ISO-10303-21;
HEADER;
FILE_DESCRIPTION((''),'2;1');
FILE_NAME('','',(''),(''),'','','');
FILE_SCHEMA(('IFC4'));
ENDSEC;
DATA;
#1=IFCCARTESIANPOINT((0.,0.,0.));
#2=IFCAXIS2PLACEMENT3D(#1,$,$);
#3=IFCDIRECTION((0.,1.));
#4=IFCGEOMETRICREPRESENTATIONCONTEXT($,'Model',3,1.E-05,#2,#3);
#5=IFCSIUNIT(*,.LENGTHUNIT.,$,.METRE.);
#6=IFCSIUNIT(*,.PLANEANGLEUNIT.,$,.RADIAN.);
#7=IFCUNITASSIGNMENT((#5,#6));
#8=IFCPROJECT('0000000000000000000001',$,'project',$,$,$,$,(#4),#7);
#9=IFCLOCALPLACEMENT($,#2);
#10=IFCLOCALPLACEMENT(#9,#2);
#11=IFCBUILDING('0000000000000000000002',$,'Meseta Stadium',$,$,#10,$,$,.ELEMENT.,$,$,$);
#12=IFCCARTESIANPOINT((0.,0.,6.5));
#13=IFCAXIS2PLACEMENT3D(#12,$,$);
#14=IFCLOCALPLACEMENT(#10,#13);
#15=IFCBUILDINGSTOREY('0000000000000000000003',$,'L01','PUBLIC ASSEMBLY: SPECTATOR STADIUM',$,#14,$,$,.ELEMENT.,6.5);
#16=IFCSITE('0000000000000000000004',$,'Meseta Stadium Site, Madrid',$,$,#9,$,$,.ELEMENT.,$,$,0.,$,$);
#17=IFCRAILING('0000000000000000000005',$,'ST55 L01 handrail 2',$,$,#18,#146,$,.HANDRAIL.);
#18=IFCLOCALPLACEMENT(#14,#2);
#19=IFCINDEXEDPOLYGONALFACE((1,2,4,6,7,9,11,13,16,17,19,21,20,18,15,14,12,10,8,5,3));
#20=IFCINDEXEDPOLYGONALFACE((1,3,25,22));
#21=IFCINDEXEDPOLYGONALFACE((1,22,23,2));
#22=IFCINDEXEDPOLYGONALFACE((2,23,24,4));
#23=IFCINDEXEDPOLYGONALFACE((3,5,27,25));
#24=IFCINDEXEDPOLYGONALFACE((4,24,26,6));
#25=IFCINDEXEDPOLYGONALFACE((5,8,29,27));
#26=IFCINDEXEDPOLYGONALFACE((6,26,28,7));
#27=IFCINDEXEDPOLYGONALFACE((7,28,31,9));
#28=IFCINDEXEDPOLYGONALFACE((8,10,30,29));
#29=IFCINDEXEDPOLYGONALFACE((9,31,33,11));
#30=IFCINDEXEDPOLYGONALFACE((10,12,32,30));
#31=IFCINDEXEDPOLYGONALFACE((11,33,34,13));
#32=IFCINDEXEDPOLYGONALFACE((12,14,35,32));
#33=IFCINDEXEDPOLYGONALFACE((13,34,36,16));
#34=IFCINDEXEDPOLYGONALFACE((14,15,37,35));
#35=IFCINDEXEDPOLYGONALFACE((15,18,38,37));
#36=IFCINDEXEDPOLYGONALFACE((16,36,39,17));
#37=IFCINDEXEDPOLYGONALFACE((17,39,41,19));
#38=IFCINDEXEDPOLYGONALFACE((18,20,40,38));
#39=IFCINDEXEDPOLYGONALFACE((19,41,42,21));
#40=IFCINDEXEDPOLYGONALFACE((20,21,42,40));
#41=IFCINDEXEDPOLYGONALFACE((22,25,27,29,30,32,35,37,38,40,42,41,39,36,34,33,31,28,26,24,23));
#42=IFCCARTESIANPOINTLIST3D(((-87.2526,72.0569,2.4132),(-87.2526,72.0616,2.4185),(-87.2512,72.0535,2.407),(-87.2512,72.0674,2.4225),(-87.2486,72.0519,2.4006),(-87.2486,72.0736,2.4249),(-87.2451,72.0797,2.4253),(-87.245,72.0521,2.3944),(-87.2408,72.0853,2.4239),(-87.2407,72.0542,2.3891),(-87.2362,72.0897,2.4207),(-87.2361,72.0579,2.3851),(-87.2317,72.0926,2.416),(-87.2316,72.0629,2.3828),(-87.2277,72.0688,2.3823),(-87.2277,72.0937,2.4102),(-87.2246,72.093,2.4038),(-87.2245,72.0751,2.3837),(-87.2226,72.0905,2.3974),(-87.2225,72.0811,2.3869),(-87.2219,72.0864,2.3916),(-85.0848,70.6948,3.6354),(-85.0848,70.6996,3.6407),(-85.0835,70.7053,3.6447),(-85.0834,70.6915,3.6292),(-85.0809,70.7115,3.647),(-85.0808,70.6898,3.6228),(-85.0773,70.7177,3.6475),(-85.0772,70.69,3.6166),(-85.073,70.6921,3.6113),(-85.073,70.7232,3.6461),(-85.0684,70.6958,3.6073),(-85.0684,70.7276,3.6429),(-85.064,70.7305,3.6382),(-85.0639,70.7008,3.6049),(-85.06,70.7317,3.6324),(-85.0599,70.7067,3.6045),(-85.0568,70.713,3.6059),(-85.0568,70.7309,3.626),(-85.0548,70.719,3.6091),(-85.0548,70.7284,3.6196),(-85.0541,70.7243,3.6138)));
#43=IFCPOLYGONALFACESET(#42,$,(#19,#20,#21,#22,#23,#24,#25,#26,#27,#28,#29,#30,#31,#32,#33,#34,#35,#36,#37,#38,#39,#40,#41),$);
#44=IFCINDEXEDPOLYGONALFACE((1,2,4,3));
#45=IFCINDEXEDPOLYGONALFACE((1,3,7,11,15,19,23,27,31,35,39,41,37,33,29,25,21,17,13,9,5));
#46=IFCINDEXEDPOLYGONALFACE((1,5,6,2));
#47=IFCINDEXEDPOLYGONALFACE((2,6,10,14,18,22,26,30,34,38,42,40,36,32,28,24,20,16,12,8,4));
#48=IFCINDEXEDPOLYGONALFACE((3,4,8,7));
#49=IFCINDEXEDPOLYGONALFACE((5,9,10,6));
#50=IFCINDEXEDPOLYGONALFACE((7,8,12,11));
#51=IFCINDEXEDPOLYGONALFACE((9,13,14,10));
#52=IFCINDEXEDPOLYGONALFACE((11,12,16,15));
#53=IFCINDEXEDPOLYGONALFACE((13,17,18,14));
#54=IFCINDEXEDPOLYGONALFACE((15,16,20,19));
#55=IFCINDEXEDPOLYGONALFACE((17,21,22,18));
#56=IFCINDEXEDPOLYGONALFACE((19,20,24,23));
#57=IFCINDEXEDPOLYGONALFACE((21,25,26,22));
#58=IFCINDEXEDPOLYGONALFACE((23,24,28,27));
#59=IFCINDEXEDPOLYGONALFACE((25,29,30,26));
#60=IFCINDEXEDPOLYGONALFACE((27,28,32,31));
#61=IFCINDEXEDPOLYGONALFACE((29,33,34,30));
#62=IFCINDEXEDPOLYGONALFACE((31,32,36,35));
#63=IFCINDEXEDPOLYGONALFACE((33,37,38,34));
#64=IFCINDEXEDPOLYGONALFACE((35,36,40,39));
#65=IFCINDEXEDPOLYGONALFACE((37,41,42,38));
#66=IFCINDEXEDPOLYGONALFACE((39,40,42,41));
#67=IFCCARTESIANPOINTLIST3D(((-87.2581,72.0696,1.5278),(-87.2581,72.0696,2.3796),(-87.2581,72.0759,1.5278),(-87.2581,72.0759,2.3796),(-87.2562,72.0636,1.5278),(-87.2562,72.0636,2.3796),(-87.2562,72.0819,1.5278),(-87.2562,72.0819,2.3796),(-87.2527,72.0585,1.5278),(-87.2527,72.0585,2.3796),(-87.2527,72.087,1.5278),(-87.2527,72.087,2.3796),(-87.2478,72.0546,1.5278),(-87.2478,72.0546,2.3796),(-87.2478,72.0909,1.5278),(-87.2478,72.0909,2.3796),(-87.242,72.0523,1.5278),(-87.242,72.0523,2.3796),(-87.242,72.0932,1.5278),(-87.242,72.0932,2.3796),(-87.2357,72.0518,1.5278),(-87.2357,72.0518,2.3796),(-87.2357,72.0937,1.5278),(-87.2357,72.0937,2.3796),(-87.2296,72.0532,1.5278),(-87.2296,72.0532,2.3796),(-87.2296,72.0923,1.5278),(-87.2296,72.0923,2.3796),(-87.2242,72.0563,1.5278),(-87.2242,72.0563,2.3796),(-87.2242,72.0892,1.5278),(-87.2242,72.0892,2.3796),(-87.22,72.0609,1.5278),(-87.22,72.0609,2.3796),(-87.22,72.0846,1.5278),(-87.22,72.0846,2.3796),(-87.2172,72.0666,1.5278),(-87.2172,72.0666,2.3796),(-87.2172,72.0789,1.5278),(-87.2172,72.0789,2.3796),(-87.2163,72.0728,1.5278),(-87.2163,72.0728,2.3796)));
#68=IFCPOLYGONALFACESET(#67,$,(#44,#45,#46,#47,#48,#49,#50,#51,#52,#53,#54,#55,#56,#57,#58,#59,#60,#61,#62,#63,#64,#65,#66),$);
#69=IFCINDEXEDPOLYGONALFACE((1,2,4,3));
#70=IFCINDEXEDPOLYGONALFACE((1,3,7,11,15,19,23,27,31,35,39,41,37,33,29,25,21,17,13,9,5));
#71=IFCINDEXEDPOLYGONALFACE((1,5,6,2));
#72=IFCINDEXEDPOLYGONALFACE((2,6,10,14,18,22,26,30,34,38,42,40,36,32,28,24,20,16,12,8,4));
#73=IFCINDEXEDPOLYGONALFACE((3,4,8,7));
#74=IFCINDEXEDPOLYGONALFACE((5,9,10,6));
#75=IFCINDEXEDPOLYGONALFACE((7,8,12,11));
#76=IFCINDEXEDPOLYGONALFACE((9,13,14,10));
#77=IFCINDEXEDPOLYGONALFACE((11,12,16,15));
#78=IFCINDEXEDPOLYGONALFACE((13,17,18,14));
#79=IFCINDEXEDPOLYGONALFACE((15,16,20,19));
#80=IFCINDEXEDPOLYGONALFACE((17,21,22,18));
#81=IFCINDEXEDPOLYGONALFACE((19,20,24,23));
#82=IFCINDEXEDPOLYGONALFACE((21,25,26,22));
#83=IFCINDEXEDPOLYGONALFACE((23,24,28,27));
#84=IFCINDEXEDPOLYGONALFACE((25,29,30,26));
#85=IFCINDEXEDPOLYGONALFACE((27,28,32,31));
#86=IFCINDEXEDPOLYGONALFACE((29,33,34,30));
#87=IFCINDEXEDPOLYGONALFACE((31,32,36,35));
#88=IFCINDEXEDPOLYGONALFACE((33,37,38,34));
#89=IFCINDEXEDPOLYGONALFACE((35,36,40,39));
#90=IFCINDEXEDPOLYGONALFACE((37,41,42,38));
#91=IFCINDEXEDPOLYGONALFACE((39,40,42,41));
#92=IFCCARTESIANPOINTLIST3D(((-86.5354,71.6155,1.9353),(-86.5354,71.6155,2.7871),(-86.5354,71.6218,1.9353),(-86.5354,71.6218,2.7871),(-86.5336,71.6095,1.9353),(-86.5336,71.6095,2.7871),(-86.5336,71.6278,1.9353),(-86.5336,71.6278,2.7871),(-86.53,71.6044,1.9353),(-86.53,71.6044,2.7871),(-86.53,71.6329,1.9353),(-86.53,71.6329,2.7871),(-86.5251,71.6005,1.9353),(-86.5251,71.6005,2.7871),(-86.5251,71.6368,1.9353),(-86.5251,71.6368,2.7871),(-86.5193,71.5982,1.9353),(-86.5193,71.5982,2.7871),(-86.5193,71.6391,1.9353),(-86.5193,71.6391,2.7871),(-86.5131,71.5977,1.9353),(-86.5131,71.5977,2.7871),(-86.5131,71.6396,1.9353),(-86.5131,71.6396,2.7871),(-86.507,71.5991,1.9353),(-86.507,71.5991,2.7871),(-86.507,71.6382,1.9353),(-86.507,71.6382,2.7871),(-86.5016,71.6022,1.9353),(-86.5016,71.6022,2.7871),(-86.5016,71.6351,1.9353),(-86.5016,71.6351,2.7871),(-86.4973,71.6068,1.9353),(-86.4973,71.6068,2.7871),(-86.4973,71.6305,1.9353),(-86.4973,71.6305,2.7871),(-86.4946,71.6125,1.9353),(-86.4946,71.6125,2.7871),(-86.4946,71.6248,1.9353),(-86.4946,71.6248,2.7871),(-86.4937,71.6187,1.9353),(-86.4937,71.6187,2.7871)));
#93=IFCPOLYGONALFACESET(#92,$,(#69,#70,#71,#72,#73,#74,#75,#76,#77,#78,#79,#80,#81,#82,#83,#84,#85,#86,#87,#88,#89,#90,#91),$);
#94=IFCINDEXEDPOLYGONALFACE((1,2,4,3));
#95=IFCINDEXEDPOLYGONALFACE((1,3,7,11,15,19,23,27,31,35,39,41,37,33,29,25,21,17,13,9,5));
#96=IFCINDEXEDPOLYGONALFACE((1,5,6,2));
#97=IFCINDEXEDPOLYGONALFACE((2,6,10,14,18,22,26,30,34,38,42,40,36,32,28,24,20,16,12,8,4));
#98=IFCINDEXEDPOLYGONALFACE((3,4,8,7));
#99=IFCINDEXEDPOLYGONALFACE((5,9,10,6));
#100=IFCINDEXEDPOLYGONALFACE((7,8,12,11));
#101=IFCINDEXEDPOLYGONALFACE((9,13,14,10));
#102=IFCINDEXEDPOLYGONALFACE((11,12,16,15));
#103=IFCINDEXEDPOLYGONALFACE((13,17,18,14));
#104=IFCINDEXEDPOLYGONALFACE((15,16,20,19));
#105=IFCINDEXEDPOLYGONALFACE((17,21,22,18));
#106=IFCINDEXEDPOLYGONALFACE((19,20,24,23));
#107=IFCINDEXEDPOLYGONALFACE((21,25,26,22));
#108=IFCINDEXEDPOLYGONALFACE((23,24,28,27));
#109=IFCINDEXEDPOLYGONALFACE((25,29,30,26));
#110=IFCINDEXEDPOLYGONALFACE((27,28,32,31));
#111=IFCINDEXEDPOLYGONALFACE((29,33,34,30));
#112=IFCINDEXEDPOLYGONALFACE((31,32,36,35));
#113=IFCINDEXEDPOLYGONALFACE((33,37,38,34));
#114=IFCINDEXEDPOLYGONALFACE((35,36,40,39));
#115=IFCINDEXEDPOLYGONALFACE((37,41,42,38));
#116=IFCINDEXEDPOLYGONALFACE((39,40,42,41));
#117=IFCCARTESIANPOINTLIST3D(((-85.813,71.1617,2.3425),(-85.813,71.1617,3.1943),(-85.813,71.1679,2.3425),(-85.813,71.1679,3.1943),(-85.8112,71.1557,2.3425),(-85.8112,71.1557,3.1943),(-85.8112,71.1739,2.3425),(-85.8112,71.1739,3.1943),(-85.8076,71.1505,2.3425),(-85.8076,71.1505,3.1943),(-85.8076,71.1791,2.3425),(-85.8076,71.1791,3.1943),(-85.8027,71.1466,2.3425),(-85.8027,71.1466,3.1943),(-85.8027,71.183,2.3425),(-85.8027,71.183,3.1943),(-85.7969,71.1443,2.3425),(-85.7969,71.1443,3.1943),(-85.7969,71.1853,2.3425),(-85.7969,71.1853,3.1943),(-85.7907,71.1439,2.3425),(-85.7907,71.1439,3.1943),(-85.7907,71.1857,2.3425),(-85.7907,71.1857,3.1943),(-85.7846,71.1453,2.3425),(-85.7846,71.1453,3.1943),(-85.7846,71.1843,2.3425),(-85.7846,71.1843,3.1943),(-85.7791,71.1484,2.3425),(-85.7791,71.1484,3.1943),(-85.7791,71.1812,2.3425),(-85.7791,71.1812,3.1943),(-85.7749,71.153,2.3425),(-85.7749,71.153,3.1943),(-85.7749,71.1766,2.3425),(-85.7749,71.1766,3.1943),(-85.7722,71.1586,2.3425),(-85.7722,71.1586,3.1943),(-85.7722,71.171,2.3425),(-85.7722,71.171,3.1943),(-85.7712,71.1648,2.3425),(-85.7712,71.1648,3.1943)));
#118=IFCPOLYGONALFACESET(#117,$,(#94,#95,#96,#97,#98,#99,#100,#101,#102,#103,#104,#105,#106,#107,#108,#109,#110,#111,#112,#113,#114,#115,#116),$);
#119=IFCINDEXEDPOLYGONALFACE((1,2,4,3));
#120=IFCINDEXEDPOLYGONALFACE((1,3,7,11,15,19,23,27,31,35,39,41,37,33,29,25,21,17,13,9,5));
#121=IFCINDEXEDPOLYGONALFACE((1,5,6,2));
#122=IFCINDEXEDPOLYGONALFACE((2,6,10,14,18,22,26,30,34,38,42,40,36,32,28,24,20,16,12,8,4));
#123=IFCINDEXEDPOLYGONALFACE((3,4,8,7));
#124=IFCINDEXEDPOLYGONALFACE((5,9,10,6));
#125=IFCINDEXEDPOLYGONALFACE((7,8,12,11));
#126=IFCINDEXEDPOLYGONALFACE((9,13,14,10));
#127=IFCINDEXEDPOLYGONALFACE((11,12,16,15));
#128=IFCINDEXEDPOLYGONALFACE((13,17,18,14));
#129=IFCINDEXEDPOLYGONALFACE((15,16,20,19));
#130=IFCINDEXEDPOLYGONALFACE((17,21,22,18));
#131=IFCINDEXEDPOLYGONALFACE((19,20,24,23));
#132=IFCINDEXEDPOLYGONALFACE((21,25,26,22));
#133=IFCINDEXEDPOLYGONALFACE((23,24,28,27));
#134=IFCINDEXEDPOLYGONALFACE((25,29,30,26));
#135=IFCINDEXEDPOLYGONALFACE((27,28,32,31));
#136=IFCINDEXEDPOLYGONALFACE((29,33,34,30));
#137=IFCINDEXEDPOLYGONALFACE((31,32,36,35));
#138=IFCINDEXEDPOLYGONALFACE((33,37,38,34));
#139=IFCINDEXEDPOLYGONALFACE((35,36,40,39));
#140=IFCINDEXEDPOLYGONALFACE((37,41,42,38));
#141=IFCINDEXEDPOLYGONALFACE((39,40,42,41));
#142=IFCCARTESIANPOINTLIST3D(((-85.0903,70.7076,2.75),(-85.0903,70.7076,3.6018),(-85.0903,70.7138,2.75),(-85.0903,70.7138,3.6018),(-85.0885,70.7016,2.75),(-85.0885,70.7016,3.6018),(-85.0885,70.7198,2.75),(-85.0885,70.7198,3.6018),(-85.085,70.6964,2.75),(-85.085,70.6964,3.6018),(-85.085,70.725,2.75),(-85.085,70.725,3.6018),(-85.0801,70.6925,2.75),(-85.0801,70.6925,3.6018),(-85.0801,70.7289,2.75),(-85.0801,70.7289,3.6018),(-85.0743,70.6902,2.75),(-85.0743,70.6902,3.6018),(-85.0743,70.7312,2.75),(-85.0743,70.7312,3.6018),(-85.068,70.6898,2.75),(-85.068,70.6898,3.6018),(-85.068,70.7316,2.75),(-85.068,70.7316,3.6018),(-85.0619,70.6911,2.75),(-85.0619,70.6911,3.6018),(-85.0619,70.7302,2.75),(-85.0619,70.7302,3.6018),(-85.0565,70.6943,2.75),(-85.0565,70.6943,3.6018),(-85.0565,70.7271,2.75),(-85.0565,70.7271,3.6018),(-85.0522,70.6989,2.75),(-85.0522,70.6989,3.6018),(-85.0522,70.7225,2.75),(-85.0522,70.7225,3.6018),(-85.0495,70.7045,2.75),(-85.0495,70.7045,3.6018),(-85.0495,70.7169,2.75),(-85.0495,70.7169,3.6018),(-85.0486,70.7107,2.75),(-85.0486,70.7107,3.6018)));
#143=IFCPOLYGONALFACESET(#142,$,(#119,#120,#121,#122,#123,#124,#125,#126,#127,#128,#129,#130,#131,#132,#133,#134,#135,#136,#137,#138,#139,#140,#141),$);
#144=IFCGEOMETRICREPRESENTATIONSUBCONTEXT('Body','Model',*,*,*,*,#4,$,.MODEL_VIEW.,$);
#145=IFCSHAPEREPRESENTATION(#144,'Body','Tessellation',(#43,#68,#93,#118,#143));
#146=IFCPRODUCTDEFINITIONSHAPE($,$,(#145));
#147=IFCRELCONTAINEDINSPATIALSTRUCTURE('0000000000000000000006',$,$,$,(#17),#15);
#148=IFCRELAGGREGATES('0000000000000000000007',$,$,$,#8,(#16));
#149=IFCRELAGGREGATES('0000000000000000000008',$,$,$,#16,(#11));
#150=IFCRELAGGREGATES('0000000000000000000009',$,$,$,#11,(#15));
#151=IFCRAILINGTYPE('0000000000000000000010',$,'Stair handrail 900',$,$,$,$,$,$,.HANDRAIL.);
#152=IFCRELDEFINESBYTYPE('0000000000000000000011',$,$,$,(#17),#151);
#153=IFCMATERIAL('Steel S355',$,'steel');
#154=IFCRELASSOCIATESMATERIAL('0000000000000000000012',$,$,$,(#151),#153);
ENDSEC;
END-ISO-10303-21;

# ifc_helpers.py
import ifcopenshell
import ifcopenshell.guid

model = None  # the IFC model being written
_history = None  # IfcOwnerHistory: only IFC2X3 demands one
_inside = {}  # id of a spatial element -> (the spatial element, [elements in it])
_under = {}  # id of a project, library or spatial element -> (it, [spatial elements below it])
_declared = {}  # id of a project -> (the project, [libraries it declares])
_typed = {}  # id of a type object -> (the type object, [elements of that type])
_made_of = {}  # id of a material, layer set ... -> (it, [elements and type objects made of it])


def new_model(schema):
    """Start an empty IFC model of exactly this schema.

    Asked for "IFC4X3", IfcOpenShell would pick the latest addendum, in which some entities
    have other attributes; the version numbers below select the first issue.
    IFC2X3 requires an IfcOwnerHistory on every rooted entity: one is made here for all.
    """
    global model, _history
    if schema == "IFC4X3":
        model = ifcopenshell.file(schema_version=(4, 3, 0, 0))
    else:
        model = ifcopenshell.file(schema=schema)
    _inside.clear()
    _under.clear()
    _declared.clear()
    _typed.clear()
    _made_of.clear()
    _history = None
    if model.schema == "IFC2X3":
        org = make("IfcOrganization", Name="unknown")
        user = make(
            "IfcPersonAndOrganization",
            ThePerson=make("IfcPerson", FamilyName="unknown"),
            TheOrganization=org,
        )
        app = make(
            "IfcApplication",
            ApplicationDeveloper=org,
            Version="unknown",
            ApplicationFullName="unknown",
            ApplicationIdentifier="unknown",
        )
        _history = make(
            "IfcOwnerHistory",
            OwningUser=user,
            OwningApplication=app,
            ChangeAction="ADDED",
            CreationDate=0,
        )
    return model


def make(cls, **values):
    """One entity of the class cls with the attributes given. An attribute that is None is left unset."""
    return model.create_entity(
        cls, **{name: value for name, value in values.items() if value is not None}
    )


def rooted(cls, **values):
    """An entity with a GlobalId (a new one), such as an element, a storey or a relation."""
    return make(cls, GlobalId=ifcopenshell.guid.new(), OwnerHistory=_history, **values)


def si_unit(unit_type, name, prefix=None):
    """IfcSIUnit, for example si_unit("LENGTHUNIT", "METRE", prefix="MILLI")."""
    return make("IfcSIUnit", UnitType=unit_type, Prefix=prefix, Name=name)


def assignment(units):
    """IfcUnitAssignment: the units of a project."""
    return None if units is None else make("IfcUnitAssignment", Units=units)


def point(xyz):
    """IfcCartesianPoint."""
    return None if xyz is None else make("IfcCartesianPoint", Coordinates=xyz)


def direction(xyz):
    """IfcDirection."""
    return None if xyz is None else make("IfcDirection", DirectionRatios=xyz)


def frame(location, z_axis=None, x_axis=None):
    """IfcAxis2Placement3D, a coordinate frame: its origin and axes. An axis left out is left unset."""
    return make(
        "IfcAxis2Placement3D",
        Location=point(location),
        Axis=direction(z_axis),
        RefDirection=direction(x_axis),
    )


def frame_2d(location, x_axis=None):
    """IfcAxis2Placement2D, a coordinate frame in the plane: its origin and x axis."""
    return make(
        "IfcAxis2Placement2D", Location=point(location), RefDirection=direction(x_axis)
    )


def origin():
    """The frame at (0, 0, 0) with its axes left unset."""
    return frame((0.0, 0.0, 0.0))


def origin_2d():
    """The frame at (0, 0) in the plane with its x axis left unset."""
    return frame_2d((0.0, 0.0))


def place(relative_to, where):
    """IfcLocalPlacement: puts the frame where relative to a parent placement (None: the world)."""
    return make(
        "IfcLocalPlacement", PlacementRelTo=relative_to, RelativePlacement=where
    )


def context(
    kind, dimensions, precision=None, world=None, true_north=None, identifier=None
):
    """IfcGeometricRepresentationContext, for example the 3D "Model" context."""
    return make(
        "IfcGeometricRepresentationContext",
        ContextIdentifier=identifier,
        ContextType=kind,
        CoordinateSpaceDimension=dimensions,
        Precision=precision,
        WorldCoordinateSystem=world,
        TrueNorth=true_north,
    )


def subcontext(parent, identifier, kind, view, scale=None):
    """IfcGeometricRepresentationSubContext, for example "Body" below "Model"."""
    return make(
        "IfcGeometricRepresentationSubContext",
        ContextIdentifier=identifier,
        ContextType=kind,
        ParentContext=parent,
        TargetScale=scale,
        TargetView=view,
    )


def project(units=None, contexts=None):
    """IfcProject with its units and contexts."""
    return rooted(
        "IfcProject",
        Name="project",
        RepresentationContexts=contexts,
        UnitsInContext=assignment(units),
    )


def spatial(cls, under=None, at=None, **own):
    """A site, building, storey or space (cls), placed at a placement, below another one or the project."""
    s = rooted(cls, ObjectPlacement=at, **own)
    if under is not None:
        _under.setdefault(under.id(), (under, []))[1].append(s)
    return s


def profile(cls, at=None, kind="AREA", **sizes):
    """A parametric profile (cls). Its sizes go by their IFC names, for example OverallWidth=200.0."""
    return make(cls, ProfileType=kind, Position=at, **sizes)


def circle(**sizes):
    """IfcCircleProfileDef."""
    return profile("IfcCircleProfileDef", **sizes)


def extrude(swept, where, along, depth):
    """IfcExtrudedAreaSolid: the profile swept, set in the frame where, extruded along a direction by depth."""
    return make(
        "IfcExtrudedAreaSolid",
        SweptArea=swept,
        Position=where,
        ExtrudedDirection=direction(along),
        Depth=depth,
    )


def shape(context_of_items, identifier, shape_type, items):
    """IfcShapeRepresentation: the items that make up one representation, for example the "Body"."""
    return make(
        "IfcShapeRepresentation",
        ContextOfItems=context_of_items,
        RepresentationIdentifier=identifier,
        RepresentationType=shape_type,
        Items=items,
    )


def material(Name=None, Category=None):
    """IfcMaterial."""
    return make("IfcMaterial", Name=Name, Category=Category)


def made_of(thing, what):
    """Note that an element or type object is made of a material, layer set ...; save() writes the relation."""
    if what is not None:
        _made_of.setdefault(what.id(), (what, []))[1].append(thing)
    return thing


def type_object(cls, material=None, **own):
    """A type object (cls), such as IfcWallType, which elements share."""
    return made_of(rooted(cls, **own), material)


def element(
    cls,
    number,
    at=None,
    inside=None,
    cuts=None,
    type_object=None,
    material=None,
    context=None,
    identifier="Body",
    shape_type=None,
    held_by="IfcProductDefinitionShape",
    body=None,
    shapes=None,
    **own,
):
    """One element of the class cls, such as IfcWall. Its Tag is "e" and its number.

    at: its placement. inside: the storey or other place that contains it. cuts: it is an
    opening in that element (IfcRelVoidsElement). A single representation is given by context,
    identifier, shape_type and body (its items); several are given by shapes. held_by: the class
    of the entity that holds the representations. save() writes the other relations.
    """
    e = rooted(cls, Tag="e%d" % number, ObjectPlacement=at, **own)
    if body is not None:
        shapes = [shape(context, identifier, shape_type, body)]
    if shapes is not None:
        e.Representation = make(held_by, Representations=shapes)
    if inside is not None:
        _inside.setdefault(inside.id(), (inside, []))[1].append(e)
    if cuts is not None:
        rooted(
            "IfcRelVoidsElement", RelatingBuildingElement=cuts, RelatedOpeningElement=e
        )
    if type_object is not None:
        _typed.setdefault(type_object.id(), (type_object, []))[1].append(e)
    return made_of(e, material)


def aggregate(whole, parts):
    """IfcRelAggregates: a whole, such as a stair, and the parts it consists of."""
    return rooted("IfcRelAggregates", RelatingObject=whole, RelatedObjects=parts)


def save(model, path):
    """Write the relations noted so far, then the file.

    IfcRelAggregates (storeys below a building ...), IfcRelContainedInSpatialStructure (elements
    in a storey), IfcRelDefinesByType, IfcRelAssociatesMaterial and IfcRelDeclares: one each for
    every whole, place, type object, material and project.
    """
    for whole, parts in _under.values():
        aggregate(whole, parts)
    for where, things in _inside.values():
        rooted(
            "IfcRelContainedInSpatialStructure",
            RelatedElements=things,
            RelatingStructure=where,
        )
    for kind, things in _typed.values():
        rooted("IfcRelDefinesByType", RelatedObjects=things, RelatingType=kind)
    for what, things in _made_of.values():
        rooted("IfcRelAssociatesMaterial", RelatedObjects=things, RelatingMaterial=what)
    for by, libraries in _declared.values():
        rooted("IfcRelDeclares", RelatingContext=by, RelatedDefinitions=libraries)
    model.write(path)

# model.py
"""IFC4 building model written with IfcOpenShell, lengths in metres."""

from ifc_helpers import new_model, si_unit, direction, frame, origin, origin_2d, place, context, subcontext, project, spatial, circle, extrude, material, type_object, element, save


model = new_model("IFC4")

# Units and contexts
model_context = context("Model", 3, precision=1e-05, world=origin(), true_north=direction((0.0, 1.0)))
body_context = subcontext(model_context, "Body", "Model", "MODEL_VIEW")
ifc_project = project(units=[si_unit("LENGTHUNIT", "METRE"), si_unit("PLANEANGLEUNIT", "RADIAN")], contexts=[model_context])

# Site, building, storey
site_placement = place(None, origin())
site = spatial("IfcSite", under=ifc_project, at=site_placement, Name="Meseta Stadium Site, Madrid", CompositionType="ELEMENT", RefElevation=0.0)
building_placement = place(site_placement, origin())
building = spatial("IfcBuilding", under=site, at=building_placement, Name="Meseta Stadium", CompositionType="ELEMENT")
storey_placement = place(building_placement, frame((0.0, 0.0, 6.5)))
storey = spatial("IfcBuildingStorey", under=building, at=storey_placement, Name="L01", Description="PUBLIC ASSEMBLY: SPECTATOR STADIUM", CompositionType="ELEMENT", Elevation=6.5)

# Railing
ifc_material_1 = material(Name="Steel S355", Category="steel")
railing_type_1 = type_object("IfcRailingType", Name="Stair handrail 900", PredefinedType="HANDRAIL", material=ifc_material_1)
for number, where, name in (
    (1, (-87.2373, 72.0728, 1.5278), "ST55 L01 handrail 2"),
):
    element("IfcRailing", number, at=place(storey_placement, frame(where)), inside=storey, type_object=railing_type_1, Name=name, PredefinedType="HANDRAIL", context=body_context, shape_type="SweptSolid", body=[
        extrude(circle(Radius=0.0239, at=origin_2d()), frame((0.0, 0.0, 0.876), z_axis=(0.764121, -0.480125, 0.430813), x_axis=(0.532029, 0.846726, 0.0)), (0.0, 0.0, 1.0), 2.8369),
        extrude(circle(Radius=0.021, at=origin_2d()), origin(), (0.0, 0.0, 1.0), 0.8518),
        extrude(circle(Radius=0.021, at=origin_2d()), frame((0.7227, -0.4541, 0.4075)), (0.0, 0.0, 1.0), 0.8518),
        extrude(circle(Radius=0.021, at=origin_2d()), frame((1.4451, -0.908, 0.8147)), (0.0, 0.0, 1.0), 0.8518),
        extrude(circle(Radius=0.021, at=origin_2d()), frame((2.1677, -1.3621, 1.2222)), (0.0, 0.0, 1.0), 0.8518),
    ])

save(model, "model.ifc")
